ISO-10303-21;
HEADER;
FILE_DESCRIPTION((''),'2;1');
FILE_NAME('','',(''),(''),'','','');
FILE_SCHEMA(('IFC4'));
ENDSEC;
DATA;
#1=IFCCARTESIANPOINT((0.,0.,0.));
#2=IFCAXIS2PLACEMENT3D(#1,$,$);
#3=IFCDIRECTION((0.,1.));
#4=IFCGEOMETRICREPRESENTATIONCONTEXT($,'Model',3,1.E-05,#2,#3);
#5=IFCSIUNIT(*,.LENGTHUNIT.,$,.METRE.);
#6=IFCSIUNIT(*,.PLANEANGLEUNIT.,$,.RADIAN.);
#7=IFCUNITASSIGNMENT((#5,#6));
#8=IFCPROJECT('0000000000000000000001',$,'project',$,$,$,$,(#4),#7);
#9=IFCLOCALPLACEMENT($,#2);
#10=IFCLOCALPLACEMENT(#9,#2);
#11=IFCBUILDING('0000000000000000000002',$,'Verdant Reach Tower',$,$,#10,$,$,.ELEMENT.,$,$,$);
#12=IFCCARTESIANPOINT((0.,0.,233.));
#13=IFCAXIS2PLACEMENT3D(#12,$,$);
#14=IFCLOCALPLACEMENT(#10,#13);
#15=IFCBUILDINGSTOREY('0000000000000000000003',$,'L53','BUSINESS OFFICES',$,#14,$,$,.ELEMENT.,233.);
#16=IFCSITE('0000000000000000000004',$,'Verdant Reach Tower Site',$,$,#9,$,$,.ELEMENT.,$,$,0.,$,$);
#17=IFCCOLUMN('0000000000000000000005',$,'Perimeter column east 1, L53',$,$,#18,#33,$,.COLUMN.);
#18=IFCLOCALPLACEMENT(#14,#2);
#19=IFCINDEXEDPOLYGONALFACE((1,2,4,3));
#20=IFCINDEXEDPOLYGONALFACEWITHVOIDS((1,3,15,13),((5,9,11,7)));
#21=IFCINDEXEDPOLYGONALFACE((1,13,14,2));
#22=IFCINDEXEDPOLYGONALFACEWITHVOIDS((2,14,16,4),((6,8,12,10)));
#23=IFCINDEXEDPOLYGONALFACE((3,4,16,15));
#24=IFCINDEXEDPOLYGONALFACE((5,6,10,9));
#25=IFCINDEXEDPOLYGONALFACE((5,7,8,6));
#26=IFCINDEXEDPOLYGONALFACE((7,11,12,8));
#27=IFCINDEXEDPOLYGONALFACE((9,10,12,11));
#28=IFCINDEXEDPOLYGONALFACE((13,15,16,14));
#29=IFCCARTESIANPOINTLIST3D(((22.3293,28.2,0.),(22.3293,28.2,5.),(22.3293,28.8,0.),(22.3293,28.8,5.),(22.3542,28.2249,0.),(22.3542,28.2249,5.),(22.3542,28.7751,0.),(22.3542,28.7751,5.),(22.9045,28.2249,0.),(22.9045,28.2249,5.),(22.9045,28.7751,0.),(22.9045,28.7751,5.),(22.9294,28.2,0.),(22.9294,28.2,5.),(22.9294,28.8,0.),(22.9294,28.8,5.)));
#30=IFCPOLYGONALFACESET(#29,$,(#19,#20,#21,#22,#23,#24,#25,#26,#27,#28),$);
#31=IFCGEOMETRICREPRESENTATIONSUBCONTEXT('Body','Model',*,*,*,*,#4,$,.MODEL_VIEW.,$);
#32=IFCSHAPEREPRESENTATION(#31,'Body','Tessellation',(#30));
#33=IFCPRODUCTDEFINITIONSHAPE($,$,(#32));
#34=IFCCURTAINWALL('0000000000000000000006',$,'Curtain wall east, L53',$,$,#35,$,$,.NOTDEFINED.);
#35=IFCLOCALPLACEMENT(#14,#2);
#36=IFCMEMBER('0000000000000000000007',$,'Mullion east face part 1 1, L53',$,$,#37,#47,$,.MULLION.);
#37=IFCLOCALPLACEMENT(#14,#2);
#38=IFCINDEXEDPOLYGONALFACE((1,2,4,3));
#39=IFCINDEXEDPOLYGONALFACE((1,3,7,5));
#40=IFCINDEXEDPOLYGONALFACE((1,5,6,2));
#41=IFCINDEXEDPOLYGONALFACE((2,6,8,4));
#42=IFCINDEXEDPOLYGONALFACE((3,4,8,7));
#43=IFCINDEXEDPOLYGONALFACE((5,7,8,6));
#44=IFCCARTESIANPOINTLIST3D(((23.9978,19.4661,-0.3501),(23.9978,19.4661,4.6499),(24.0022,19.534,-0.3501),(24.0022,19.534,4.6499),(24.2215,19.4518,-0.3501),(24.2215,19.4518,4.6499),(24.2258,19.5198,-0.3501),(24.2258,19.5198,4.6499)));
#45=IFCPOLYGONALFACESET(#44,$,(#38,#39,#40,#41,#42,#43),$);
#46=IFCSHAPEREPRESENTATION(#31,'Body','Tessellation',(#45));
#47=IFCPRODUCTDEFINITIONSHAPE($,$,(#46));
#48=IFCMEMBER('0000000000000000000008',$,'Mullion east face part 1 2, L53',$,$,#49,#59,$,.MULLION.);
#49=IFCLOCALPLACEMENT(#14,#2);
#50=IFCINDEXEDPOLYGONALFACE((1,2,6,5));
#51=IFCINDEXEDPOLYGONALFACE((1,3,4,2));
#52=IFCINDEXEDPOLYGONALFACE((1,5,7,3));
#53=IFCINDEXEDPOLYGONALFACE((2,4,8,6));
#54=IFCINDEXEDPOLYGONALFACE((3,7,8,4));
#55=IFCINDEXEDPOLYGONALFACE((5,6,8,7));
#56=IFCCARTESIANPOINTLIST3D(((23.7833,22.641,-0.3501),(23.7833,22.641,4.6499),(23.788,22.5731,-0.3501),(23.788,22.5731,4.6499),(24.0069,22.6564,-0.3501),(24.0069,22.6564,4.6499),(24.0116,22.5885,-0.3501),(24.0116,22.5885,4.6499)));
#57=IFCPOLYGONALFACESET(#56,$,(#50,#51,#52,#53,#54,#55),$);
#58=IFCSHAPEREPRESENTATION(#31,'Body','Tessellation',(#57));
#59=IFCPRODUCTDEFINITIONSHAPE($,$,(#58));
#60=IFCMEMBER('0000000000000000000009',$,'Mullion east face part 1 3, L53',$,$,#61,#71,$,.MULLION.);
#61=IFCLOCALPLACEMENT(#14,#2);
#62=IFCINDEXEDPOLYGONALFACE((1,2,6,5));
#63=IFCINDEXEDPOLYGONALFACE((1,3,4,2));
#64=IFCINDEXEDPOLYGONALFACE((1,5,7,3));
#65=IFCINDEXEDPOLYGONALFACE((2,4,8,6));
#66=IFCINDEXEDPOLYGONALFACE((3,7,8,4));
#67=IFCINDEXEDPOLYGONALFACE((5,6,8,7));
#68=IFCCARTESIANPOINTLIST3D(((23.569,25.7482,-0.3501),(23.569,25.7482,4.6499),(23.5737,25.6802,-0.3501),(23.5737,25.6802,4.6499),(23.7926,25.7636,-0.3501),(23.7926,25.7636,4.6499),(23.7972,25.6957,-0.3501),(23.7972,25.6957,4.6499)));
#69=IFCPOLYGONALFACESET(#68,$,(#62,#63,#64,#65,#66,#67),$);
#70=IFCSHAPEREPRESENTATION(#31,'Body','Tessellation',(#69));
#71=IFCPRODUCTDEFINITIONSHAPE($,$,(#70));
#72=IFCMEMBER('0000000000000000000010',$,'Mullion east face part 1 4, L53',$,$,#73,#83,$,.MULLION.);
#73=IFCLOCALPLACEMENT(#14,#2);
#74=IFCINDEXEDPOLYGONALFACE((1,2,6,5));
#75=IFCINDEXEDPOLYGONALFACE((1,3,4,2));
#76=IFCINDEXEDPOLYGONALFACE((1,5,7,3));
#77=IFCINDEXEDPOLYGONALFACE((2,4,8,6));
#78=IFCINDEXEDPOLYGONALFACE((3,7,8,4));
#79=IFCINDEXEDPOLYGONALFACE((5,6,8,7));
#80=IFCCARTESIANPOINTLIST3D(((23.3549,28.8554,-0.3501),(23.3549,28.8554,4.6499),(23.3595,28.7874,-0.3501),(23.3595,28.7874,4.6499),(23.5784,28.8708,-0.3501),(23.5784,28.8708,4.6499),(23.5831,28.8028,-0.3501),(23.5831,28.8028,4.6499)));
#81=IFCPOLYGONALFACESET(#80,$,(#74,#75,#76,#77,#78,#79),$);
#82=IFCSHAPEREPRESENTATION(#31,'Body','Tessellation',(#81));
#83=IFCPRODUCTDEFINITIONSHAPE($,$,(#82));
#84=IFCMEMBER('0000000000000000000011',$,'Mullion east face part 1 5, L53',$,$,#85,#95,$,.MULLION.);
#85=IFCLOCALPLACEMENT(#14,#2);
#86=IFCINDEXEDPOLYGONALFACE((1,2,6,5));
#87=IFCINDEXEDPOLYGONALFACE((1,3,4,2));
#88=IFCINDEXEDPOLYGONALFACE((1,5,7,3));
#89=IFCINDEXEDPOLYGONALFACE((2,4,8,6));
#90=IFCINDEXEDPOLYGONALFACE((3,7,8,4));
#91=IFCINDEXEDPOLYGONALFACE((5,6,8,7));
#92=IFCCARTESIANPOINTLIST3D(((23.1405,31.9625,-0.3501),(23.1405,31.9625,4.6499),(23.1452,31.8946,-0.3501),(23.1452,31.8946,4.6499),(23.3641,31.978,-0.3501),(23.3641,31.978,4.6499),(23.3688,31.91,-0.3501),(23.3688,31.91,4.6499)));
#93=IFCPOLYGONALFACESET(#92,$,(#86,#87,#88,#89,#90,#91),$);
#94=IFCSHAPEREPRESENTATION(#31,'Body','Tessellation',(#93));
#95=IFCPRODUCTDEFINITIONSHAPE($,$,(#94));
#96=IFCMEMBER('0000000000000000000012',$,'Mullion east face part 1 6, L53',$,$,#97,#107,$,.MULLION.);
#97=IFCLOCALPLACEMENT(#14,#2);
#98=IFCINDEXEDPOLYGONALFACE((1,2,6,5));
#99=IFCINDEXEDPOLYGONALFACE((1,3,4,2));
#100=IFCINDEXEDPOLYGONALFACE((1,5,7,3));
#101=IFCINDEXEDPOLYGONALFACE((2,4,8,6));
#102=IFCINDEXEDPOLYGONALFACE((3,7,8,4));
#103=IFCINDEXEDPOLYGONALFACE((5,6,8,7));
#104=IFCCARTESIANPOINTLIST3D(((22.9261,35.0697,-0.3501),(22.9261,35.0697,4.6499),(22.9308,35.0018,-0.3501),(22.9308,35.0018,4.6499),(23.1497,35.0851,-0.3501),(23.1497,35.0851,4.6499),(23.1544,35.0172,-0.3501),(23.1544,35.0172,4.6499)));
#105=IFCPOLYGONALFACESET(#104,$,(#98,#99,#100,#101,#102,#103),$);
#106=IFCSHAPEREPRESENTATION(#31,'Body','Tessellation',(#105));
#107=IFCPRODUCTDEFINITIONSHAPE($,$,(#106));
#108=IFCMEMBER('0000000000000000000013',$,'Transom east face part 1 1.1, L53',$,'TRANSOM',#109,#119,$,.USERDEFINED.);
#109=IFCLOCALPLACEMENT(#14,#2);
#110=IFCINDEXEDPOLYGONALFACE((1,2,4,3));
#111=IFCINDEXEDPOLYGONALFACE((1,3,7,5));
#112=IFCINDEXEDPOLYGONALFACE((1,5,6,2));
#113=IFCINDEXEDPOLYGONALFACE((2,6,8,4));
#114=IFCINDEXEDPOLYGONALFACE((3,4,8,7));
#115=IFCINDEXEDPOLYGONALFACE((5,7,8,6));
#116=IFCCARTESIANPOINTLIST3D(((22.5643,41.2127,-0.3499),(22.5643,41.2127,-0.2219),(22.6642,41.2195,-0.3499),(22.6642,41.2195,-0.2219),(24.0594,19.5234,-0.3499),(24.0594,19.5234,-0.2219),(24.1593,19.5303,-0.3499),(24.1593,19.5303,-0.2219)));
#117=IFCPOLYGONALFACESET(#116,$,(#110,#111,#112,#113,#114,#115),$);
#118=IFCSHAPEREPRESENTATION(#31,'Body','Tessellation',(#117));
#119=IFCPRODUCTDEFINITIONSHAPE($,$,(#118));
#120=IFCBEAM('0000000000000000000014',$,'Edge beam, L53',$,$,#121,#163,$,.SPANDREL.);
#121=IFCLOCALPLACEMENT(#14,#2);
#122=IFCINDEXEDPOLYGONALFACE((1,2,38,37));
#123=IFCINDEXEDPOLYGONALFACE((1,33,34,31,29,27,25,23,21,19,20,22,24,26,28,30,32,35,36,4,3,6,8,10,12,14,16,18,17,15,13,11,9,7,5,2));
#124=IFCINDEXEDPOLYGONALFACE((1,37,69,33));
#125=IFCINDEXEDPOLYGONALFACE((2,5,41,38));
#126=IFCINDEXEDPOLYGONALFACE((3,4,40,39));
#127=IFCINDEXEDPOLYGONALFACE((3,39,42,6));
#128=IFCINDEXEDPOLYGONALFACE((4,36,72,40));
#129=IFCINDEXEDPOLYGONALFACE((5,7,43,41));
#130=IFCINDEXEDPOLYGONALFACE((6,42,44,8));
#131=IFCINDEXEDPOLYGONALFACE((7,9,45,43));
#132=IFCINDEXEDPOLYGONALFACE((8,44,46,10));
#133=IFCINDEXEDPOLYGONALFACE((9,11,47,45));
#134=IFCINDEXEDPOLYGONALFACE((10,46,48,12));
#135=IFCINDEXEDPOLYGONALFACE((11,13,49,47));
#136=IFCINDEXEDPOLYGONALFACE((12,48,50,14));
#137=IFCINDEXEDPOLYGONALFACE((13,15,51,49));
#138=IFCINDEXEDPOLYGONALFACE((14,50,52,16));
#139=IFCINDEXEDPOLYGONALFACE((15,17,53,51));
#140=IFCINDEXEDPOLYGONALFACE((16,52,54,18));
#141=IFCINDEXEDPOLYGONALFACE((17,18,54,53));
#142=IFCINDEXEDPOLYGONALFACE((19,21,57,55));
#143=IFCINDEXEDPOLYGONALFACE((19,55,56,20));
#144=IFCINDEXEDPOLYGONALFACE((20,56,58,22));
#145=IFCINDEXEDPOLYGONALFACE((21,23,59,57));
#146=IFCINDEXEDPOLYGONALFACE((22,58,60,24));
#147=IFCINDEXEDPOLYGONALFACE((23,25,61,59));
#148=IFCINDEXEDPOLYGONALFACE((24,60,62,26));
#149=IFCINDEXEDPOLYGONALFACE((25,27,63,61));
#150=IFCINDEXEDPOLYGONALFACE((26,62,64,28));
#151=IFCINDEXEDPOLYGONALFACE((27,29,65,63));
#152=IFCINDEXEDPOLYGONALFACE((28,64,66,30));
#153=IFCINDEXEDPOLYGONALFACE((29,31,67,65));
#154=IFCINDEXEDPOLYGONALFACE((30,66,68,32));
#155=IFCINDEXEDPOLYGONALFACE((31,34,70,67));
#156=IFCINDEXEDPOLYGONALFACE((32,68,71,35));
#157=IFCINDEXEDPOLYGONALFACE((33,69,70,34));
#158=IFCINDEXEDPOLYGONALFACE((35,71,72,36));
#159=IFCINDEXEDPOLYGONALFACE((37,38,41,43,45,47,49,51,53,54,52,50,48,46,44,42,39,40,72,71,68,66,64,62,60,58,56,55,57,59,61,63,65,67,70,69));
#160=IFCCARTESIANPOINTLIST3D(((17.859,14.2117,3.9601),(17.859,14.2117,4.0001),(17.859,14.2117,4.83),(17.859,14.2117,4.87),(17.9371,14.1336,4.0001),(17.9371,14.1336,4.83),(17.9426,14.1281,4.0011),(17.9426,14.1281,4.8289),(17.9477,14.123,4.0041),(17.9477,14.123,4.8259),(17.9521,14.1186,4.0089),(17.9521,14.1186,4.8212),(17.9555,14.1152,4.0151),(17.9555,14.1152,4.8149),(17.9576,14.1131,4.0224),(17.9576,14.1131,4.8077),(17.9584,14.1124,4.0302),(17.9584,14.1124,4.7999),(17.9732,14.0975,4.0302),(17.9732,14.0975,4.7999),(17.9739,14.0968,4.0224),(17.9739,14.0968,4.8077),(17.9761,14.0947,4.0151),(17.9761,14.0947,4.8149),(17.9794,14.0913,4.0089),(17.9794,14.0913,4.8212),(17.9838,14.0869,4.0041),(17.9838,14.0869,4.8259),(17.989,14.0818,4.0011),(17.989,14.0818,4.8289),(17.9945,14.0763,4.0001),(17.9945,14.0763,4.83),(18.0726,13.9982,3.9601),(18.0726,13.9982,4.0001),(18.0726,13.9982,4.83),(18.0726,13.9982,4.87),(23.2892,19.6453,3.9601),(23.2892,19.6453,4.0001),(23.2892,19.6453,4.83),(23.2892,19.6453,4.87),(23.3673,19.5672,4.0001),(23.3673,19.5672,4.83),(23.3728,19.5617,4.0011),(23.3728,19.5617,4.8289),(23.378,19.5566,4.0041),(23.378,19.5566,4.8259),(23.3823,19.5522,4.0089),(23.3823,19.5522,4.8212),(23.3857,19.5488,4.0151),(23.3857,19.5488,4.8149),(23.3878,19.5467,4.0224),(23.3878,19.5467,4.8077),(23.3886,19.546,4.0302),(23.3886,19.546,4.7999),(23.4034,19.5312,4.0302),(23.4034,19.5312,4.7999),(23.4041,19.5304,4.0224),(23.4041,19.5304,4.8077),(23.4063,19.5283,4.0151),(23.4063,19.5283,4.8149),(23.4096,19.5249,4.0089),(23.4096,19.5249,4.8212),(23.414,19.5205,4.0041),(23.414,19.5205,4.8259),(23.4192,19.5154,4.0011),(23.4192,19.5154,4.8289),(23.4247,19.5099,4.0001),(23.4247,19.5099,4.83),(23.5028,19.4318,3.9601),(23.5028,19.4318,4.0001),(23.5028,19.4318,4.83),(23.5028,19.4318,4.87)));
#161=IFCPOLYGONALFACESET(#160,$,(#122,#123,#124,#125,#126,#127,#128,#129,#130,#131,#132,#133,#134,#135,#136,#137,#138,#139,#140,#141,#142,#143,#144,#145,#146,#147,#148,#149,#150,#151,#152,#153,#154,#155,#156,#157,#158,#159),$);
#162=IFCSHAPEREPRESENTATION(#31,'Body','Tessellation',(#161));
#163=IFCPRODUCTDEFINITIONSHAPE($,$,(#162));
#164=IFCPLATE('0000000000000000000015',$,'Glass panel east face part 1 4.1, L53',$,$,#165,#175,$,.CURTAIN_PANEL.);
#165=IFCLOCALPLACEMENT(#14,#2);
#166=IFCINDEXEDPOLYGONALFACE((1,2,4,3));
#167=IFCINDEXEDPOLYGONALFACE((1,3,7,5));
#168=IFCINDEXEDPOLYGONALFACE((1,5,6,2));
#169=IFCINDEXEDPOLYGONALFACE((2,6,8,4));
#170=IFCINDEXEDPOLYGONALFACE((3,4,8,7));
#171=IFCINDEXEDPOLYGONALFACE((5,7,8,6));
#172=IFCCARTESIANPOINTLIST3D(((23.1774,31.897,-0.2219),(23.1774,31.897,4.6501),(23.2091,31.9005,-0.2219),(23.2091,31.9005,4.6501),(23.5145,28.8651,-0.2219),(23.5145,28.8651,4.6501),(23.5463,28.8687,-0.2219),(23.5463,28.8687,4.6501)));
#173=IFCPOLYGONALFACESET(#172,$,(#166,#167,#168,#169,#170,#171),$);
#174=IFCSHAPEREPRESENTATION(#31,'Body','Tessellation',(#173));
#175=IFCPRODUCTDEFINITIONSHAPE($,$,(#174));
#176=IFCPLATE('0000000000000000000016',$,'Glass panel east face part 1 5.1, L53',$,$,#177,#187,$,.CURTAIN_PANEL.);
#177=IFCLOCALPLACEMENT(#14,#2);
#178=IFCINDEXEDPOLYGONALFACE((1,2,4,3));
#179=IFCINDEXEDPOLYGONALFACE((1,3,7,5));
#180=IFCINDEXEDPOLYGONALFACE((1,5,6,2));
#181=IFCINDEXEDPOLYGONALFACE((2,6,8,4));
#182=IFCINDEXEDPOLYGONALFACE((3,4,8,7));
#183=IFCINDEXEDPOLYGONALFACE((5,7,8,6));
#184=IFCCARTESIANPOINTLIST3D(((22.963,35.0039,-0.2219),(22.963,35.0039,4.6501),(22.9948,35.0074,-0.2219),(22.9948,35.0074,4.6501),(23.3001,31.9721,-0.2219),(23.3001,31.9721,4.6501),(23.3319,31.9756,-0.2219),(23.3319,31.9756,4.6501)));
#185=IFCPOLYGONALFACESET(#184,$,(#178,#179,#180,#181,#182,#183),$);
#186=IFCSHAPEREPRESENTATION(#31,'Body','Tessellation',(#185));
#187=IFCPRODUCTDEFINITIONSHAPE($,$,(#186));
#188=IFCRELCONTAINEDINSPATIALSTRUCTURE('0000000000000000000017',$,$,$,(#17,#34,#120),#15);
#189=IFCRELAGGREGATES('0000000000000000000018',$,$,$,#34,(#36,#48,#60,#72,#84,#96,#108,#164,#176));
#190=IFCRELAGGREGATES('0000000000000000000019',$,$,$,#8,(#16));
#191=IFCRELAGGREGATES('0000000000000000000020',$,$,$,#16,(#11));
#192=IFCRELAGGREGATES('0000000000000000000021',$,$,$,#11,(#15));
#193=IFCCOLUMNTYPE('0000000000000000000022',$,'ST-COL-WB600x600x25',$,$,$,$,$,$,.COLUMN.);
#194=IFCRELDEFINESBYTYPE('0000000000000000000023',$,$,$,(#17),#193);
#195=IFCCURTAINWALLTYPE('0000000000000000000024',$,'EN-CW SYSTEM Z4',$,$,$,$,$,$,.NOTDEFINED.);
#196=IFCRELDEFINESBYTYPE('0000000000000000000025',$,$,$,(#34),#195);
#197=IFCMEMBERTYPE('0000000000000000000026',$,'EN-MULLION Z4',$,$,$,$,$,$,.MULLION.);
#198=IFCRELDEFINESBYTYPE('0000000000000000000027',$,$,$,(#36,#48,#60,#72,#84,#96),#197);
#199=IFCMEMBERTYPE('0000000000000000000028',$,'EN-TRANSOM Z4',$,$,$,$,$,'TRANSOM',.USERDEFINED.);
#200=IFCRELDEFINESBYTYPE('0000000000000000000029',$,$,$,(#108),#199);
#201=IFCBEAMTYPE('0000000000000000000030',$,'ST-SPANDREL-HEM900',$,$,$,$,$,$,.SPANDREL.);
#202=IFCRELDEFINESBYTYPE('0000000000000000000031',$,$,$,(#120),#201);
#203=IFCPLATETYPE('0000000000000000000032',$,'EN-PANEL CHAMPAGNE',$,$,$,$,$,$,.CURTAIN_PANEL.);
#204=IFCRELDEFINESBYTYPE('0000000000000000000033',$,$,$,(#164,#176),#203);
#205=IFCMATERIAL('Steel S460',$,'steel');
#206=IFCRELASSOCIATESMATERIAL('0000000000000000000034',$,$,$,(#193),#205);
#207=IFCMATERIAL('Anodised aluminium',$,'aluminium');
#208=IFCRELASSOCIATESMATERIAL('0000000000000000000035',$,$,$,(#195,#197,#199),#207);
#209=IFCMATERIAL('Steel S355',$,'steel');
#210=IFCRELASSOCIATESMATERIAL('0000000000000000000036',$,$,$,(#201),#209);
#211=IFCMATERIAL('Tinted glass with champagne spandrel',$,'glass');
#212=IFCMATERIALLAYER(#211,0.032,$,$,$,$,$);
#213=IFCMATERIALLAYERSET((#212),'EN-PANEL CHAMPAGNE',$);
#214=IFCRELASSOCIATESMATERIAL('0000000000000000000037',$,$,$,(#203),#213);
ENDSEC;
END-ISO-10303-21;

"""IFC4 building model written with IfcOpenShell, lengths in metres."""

from ifc_helpers import new_model, si_unit, direction, frame, origin, origin_2d, place, context, subcontext, project, spatial, rectangle, hollow_rectangle, i_section, extrude, material, layer, layer_set, material_profile, profile_set, type_object, element, aggregate, save


model = new_model("IFC4")

# Units and contexts
model_context = context("Model", 3, precision=1e-05, world=origin(), true_north=direction((0.0, 1.0)))
body_context = subcontext(model_context, "Body", "Model", "MODEL_VIEW")
ifc_project = project(units=[si_unit("LENGTHUNIT", "METRE"), si_unit("PLANEANGLEUNIT", "RADIAN")], contexts=[model_context])

# Site, building, storey
site_placement = place(None, origin())
site = spatial("IfcSite", under=ifc_project, at=site_placement, Name="Verdant Reach Tower Site", CompositionType="ELEMENT", RefElevation=0.0)
building_placement = place(site_placement, origin())
building = spatial("IfcBuilding", under=site, at=building_placement, Name="Verdant Reach Tower", CompositionType="ELEMENT")
storey_placement = place(building_placement, frame((0.0, 0.0, 233.0)))
storey = spatial("IfcBuildingStorey", under=building, at=storey_placement, Name="L53", Description="BUSINESS OFFICES", CompositionType="ELEMENT", Elevation=233.0)

# Column
ifc_material_1 = material(Name="Steel S460", Category="steel")
ifc_material_profile_1 = material_profile(ifc_material_1, hollow_rectangle(XDim=0.6001, YDim=0.6001, WallThickness=0.0249, at=origin_2d()), Name="WB 600x600x25")
ifc_profile_set_1 = profile_set([ifc_material_profile_1], Name="Steel S460")
column_type = type_object("IfcColumnType", Name="ST-COL-WB600x600x25", PredefinedType="COLUMN", material=ifc_profile_set_1)
column_placement = place(storey_placement, frame((22.6294, 28.5, 0.0), z_axis=(0.0, 0.0, 1.0), x_axis=(1.0, 0.0, 0.0)))
element("IfcColumn", 1, at=column_placement, inside=storey, type_object=column_type, Name="Perimeter column east 1, L53", PredefinedType="COLUMN", context=body_context, shape_type="SweptSolid", body=[
    extrude(hollow_rectangle(XDim=0.6001, YDim=0.6001, WallThickness=0.0249, at=origin_2d()), origin(), (0.0, 0.0, 1.0), 5.0),
])

# Curtain wall, members
ifc_material_2 = material(Name="Anodised aluminium", Category="aluminium")
curtain_wall_type = type_object("IfcCurtainWallType", Name="EN-CW SYSTEM Z4", PredefinedType="NOTDEFINED", material=ifc_material_2)
curtain_wall_placement = place(storey_placement, origin())
curtain_wall = element("IfcCurtainWall", 2, at=curtain_wall_placement, inside=storey, type_object=curtain_wall_type, Name="Curtain wall east, L53", PredefinedType="NOTDEFINED")
ifc_material_profile_2 = material_profile(ifc_material_2, rectangle(XDim=0.2241, YDim=0.0681, at=origin_2d()), Name="Mullion 68x224")
ifc_profile_set_2 = profile_set([ifc_material_profile_2], Name="Anodised aluminium")
member_type_1 = type_object("IfcMemberType", Name="EN-MULLION Z4", PredefinedType="MULLION", material=ifc_profile_set_2)
member_1_placement = place(storey_placement, frame((24.1118, 19.4929, -0.3501), z_axis=(0.0, 0.0, 1.0), x_axis=(0.997969, -0.063699, 0.0)))
member_1 = element("IfcMember", 3, at=member_1_placement, type_object=member_type_1, Name="Mullion east face part 1 1, L53", PredefinedType="MULLION", context=body_context, shape_type="SweptSolid", body=[
    extrude(rectangle(XDim=0.2241, YDim=0.0681, at=origin_2d()), origin(), (0.0, 0.0, 1.0), 5.0),
])
member_2_placement = place(storey_placement, frame((23.8975, 22.6147, -0.3501), z_axis=(0.0, 0.0, 1.0), x_axis=(0.99763, 0.068802, 0.0)))
member_2 = element("IfcMember", 4, at=member_2_placement, type_object=member_type_1, Name="Mullion east face part 1 2, L53", PredefinedType="MULLION", context=body_context, shape_type="SweptSolid", body=[
    extrude(rectangle(XDim=0.2241, YDim=0.0681, at=origin_2d()), origin(), (0.0, 0.0, 1.0), 5.0),
])
member_3_placement = place(storey_placement, frame((23.6831, 25.7219, -0.3501), z_axis=(0.0, 0.0, 1.0), x_axis=(0.99763, 0.068802, 0.0)))
member_3 = element("IfcMember", 5, at=member_3_placement, type_object=member_type_1, Name="Mullion east face part 1 3, L53", PredefinedType="MULLION", context=body_context, shape_type="SweptSolid", body=[
    extrude(rectangle(XDim=0.2241, YDim=0.0681, at=origin_2d()), origin(), (0.0, 0.0, 1.0), 5.0),
])
member_4_placement = place(storey_placement, frame((23.469, 28.8291, -0.3501), z_axis=(0.0, 0.0, 1.0), x_axis=(0.99763, 0.068802, 0.0)))
member_4 = element("IfcMember", 6, at=member_4_placement, type_object=member_type_1, Name="Mullion east face part 1 4, L53", PredefinedType="MULLION", context=body_context, shape_type="SweptSolid", body=[
    extrude(rectangle(XDim=0.2241, YDim=0.0681, at=origin_2d()), origin(), (0.0, 0.0, 1.0), 5.0),
])
member_5_placement = place(storey_placement, frame((23.2546, 31.9363, -0.3501), z_axis=(0.0, 0.0, 1.0), x_axis=(0.99763, 0.068802, 0.0)))
member_5 = element("IfcMember", 7, at=member_5_placement, type_object=member_type_1, Name="Mullion east face part 1 5, L53", PredefinedType="MULLION", context=body_context, shape_type="SweptSolid", body=[
    extrude(rectangle(XDim=0.2241, YDim=0.0681, at=origin_2d()), origin(), (0.0, 0.0, 1.0), 5.0),
])
member_6_placement = place(storey_placement, frame((23.0403, 35.0435, -0.3501), z_axis=(0.0, 0.0, 1.0), x_axis=(0.99763, 0.068802, 0.0)))
member_6 = element("IfcMember", 8, at=member_6_placement, type_object=member_type_1, Name="Mullion east face part 1 6, L53", PredefinedType="MULLION", context=body_context, shape_type="SweptSolid", body=[
    extrude(rectangle(XDim=0.2241, YDim=0.0681, at=origin_2d()), origin(), (0.0, 0.0, 1.0), 5.0),
])
ifc_material_profile_3 = material_profile(ifc_material_2, rectangle(XDim=0.1001, YDim=0.1279, at=origin_2d()), Name="Transom 128x100")
ifc_profile_set_3 = profile_set([ifc_material_profile_3], Name="Anodised aluminium")
member_type_2 = type_object("IfcMemberType", Name="EN-TRANSOM Z4", ElementType="TRANSOM", PredefinedType="USERDEFINED", material=ifc_profile_set_3)
member_7_placement = place(storey_placement, frame((24.1094, 19.5269, -0.2859), z_axis=(-0.06877, 0.997633, 0.0), x_axis=(-0.997633, -0.06877, 0.0)))
member_7 = element("IfcMember", 9, at=member_7_placement, type_object=member_type_2, Name="Transom east face part 1 1.1, L53", ObjectType="TRANSOM", PredefinedType="USERDEFINED", context=body_context, shape_type="SweptSolid", body=[
    extrude(rectangle(XDim=0.1001, YDim=0.1279, at=origin_2d()), origin(), (0.0, 0.0, 1.0), 21.7407),
])

# Beam
ifc_material_3 = material(Name="Steel S355", Category="steel")
ifc_material_profile_4 = material_profile(ifc_material_3, i_section(OverallWidth=0.302, OverallDepth=0.9099, WebThickness=0.021, FlangeThickness=0.04, FilletRadius=0.03, at=origin_2d()), Name="HEM 900")
ifc_profile_set_4 = profile_set([ifc_material_profile_4], Name="Steel S355")
beam_type = type_object("IfcBeamType", Name="ST-SPANDREL-HEM900", PredefinedType="SPANDREL", material=ifc_profile_set_4)
beam_placement = place(storey_placement, frame((23.396, 19.5386, 4.415), z_axis=(-0.706884, -0.707329, 0.0), x_axis=(0.707329, -0.706884, 0.0)))
element("IfcBeam", 10, at=beam_placement, inside=storey, type_object=beam_type, Name="Edge beam, L53", PredefinedType="SPANDREL", context=body_context, shape_type="SweptSolid", body=[
    extrude(i_section(OverallWidth=0.302, OverallDepth=0.9099, WebThickness=0.021, FlangeThickness=0.04, FilletRadius=0.03, at=origin_2d()), origin(), (0.0, 0.0, 1.0), 7.6819),
])

# Plates
ifc_material_4 = material(Name="Tinted glass with champagne spandrel", Category="glass")
ifc_layer_1 = layer(ifc_material_4, 0.032)
ifc_layer_set_1 = layer_set([ifc_layer_1], Name="EN-PANEL CHAMPAGNE")
plate_type_1 = type_object("IfcPlateType", Name="EN-PANEL CHAMPAGNE", PredefinedType="CURTAIN_PANEL", material=ifc_layer_set_1)
plate_1_placement = place(storey_placement, frame((23.3618, 30.3828, -0.2219), z_axis=(0.0, 0.0, 1.0), x_axis=(-0.110518, 0.993874, 0.0)))
plate_1 = element("IfcPlate", 11, at=plate_1_placement, type_object=plate_type_1, Name="Glass panel east face part 1 4.1, L53", PredefinedType="CURTAIN_PANEL", context=body_context, shape_type="SweptSolid", body=[
    extrude(rectangle(XDim=3.0505, YDim=0.032, at=origin_2d()), origin(), (0.0, 0.0, 1.0), 4.8721),
])
plate_2_placement = place(storey_placement, frame((23.1475, 33.4897, -0.2219), z_axis=(0.0, 0.0, 1.0), x_axis=(-0.110518, 0.993874, 0.0)))
plate_2 = element("IfcPlate", 12, at=plate_2_placement, type_object=plate_type_1, Name="Glass panel east face part 1 5.1, L53", PredefinedType="CURTAIN_PANEL", context=body_context, shape_type="SweptSolid", body=[
    extrude(rectangle(XDim=3.0505, YDim=0.032, at=origin_2d()), origin(), (0.0, 0.0, 1.0), 4.8721),
])
aggregate(curtain_wall, [member_1, member_2, member_3, member_4, member_5, member_6, member_7, plate_1, plate_2])

save(model, "model.ifc")
